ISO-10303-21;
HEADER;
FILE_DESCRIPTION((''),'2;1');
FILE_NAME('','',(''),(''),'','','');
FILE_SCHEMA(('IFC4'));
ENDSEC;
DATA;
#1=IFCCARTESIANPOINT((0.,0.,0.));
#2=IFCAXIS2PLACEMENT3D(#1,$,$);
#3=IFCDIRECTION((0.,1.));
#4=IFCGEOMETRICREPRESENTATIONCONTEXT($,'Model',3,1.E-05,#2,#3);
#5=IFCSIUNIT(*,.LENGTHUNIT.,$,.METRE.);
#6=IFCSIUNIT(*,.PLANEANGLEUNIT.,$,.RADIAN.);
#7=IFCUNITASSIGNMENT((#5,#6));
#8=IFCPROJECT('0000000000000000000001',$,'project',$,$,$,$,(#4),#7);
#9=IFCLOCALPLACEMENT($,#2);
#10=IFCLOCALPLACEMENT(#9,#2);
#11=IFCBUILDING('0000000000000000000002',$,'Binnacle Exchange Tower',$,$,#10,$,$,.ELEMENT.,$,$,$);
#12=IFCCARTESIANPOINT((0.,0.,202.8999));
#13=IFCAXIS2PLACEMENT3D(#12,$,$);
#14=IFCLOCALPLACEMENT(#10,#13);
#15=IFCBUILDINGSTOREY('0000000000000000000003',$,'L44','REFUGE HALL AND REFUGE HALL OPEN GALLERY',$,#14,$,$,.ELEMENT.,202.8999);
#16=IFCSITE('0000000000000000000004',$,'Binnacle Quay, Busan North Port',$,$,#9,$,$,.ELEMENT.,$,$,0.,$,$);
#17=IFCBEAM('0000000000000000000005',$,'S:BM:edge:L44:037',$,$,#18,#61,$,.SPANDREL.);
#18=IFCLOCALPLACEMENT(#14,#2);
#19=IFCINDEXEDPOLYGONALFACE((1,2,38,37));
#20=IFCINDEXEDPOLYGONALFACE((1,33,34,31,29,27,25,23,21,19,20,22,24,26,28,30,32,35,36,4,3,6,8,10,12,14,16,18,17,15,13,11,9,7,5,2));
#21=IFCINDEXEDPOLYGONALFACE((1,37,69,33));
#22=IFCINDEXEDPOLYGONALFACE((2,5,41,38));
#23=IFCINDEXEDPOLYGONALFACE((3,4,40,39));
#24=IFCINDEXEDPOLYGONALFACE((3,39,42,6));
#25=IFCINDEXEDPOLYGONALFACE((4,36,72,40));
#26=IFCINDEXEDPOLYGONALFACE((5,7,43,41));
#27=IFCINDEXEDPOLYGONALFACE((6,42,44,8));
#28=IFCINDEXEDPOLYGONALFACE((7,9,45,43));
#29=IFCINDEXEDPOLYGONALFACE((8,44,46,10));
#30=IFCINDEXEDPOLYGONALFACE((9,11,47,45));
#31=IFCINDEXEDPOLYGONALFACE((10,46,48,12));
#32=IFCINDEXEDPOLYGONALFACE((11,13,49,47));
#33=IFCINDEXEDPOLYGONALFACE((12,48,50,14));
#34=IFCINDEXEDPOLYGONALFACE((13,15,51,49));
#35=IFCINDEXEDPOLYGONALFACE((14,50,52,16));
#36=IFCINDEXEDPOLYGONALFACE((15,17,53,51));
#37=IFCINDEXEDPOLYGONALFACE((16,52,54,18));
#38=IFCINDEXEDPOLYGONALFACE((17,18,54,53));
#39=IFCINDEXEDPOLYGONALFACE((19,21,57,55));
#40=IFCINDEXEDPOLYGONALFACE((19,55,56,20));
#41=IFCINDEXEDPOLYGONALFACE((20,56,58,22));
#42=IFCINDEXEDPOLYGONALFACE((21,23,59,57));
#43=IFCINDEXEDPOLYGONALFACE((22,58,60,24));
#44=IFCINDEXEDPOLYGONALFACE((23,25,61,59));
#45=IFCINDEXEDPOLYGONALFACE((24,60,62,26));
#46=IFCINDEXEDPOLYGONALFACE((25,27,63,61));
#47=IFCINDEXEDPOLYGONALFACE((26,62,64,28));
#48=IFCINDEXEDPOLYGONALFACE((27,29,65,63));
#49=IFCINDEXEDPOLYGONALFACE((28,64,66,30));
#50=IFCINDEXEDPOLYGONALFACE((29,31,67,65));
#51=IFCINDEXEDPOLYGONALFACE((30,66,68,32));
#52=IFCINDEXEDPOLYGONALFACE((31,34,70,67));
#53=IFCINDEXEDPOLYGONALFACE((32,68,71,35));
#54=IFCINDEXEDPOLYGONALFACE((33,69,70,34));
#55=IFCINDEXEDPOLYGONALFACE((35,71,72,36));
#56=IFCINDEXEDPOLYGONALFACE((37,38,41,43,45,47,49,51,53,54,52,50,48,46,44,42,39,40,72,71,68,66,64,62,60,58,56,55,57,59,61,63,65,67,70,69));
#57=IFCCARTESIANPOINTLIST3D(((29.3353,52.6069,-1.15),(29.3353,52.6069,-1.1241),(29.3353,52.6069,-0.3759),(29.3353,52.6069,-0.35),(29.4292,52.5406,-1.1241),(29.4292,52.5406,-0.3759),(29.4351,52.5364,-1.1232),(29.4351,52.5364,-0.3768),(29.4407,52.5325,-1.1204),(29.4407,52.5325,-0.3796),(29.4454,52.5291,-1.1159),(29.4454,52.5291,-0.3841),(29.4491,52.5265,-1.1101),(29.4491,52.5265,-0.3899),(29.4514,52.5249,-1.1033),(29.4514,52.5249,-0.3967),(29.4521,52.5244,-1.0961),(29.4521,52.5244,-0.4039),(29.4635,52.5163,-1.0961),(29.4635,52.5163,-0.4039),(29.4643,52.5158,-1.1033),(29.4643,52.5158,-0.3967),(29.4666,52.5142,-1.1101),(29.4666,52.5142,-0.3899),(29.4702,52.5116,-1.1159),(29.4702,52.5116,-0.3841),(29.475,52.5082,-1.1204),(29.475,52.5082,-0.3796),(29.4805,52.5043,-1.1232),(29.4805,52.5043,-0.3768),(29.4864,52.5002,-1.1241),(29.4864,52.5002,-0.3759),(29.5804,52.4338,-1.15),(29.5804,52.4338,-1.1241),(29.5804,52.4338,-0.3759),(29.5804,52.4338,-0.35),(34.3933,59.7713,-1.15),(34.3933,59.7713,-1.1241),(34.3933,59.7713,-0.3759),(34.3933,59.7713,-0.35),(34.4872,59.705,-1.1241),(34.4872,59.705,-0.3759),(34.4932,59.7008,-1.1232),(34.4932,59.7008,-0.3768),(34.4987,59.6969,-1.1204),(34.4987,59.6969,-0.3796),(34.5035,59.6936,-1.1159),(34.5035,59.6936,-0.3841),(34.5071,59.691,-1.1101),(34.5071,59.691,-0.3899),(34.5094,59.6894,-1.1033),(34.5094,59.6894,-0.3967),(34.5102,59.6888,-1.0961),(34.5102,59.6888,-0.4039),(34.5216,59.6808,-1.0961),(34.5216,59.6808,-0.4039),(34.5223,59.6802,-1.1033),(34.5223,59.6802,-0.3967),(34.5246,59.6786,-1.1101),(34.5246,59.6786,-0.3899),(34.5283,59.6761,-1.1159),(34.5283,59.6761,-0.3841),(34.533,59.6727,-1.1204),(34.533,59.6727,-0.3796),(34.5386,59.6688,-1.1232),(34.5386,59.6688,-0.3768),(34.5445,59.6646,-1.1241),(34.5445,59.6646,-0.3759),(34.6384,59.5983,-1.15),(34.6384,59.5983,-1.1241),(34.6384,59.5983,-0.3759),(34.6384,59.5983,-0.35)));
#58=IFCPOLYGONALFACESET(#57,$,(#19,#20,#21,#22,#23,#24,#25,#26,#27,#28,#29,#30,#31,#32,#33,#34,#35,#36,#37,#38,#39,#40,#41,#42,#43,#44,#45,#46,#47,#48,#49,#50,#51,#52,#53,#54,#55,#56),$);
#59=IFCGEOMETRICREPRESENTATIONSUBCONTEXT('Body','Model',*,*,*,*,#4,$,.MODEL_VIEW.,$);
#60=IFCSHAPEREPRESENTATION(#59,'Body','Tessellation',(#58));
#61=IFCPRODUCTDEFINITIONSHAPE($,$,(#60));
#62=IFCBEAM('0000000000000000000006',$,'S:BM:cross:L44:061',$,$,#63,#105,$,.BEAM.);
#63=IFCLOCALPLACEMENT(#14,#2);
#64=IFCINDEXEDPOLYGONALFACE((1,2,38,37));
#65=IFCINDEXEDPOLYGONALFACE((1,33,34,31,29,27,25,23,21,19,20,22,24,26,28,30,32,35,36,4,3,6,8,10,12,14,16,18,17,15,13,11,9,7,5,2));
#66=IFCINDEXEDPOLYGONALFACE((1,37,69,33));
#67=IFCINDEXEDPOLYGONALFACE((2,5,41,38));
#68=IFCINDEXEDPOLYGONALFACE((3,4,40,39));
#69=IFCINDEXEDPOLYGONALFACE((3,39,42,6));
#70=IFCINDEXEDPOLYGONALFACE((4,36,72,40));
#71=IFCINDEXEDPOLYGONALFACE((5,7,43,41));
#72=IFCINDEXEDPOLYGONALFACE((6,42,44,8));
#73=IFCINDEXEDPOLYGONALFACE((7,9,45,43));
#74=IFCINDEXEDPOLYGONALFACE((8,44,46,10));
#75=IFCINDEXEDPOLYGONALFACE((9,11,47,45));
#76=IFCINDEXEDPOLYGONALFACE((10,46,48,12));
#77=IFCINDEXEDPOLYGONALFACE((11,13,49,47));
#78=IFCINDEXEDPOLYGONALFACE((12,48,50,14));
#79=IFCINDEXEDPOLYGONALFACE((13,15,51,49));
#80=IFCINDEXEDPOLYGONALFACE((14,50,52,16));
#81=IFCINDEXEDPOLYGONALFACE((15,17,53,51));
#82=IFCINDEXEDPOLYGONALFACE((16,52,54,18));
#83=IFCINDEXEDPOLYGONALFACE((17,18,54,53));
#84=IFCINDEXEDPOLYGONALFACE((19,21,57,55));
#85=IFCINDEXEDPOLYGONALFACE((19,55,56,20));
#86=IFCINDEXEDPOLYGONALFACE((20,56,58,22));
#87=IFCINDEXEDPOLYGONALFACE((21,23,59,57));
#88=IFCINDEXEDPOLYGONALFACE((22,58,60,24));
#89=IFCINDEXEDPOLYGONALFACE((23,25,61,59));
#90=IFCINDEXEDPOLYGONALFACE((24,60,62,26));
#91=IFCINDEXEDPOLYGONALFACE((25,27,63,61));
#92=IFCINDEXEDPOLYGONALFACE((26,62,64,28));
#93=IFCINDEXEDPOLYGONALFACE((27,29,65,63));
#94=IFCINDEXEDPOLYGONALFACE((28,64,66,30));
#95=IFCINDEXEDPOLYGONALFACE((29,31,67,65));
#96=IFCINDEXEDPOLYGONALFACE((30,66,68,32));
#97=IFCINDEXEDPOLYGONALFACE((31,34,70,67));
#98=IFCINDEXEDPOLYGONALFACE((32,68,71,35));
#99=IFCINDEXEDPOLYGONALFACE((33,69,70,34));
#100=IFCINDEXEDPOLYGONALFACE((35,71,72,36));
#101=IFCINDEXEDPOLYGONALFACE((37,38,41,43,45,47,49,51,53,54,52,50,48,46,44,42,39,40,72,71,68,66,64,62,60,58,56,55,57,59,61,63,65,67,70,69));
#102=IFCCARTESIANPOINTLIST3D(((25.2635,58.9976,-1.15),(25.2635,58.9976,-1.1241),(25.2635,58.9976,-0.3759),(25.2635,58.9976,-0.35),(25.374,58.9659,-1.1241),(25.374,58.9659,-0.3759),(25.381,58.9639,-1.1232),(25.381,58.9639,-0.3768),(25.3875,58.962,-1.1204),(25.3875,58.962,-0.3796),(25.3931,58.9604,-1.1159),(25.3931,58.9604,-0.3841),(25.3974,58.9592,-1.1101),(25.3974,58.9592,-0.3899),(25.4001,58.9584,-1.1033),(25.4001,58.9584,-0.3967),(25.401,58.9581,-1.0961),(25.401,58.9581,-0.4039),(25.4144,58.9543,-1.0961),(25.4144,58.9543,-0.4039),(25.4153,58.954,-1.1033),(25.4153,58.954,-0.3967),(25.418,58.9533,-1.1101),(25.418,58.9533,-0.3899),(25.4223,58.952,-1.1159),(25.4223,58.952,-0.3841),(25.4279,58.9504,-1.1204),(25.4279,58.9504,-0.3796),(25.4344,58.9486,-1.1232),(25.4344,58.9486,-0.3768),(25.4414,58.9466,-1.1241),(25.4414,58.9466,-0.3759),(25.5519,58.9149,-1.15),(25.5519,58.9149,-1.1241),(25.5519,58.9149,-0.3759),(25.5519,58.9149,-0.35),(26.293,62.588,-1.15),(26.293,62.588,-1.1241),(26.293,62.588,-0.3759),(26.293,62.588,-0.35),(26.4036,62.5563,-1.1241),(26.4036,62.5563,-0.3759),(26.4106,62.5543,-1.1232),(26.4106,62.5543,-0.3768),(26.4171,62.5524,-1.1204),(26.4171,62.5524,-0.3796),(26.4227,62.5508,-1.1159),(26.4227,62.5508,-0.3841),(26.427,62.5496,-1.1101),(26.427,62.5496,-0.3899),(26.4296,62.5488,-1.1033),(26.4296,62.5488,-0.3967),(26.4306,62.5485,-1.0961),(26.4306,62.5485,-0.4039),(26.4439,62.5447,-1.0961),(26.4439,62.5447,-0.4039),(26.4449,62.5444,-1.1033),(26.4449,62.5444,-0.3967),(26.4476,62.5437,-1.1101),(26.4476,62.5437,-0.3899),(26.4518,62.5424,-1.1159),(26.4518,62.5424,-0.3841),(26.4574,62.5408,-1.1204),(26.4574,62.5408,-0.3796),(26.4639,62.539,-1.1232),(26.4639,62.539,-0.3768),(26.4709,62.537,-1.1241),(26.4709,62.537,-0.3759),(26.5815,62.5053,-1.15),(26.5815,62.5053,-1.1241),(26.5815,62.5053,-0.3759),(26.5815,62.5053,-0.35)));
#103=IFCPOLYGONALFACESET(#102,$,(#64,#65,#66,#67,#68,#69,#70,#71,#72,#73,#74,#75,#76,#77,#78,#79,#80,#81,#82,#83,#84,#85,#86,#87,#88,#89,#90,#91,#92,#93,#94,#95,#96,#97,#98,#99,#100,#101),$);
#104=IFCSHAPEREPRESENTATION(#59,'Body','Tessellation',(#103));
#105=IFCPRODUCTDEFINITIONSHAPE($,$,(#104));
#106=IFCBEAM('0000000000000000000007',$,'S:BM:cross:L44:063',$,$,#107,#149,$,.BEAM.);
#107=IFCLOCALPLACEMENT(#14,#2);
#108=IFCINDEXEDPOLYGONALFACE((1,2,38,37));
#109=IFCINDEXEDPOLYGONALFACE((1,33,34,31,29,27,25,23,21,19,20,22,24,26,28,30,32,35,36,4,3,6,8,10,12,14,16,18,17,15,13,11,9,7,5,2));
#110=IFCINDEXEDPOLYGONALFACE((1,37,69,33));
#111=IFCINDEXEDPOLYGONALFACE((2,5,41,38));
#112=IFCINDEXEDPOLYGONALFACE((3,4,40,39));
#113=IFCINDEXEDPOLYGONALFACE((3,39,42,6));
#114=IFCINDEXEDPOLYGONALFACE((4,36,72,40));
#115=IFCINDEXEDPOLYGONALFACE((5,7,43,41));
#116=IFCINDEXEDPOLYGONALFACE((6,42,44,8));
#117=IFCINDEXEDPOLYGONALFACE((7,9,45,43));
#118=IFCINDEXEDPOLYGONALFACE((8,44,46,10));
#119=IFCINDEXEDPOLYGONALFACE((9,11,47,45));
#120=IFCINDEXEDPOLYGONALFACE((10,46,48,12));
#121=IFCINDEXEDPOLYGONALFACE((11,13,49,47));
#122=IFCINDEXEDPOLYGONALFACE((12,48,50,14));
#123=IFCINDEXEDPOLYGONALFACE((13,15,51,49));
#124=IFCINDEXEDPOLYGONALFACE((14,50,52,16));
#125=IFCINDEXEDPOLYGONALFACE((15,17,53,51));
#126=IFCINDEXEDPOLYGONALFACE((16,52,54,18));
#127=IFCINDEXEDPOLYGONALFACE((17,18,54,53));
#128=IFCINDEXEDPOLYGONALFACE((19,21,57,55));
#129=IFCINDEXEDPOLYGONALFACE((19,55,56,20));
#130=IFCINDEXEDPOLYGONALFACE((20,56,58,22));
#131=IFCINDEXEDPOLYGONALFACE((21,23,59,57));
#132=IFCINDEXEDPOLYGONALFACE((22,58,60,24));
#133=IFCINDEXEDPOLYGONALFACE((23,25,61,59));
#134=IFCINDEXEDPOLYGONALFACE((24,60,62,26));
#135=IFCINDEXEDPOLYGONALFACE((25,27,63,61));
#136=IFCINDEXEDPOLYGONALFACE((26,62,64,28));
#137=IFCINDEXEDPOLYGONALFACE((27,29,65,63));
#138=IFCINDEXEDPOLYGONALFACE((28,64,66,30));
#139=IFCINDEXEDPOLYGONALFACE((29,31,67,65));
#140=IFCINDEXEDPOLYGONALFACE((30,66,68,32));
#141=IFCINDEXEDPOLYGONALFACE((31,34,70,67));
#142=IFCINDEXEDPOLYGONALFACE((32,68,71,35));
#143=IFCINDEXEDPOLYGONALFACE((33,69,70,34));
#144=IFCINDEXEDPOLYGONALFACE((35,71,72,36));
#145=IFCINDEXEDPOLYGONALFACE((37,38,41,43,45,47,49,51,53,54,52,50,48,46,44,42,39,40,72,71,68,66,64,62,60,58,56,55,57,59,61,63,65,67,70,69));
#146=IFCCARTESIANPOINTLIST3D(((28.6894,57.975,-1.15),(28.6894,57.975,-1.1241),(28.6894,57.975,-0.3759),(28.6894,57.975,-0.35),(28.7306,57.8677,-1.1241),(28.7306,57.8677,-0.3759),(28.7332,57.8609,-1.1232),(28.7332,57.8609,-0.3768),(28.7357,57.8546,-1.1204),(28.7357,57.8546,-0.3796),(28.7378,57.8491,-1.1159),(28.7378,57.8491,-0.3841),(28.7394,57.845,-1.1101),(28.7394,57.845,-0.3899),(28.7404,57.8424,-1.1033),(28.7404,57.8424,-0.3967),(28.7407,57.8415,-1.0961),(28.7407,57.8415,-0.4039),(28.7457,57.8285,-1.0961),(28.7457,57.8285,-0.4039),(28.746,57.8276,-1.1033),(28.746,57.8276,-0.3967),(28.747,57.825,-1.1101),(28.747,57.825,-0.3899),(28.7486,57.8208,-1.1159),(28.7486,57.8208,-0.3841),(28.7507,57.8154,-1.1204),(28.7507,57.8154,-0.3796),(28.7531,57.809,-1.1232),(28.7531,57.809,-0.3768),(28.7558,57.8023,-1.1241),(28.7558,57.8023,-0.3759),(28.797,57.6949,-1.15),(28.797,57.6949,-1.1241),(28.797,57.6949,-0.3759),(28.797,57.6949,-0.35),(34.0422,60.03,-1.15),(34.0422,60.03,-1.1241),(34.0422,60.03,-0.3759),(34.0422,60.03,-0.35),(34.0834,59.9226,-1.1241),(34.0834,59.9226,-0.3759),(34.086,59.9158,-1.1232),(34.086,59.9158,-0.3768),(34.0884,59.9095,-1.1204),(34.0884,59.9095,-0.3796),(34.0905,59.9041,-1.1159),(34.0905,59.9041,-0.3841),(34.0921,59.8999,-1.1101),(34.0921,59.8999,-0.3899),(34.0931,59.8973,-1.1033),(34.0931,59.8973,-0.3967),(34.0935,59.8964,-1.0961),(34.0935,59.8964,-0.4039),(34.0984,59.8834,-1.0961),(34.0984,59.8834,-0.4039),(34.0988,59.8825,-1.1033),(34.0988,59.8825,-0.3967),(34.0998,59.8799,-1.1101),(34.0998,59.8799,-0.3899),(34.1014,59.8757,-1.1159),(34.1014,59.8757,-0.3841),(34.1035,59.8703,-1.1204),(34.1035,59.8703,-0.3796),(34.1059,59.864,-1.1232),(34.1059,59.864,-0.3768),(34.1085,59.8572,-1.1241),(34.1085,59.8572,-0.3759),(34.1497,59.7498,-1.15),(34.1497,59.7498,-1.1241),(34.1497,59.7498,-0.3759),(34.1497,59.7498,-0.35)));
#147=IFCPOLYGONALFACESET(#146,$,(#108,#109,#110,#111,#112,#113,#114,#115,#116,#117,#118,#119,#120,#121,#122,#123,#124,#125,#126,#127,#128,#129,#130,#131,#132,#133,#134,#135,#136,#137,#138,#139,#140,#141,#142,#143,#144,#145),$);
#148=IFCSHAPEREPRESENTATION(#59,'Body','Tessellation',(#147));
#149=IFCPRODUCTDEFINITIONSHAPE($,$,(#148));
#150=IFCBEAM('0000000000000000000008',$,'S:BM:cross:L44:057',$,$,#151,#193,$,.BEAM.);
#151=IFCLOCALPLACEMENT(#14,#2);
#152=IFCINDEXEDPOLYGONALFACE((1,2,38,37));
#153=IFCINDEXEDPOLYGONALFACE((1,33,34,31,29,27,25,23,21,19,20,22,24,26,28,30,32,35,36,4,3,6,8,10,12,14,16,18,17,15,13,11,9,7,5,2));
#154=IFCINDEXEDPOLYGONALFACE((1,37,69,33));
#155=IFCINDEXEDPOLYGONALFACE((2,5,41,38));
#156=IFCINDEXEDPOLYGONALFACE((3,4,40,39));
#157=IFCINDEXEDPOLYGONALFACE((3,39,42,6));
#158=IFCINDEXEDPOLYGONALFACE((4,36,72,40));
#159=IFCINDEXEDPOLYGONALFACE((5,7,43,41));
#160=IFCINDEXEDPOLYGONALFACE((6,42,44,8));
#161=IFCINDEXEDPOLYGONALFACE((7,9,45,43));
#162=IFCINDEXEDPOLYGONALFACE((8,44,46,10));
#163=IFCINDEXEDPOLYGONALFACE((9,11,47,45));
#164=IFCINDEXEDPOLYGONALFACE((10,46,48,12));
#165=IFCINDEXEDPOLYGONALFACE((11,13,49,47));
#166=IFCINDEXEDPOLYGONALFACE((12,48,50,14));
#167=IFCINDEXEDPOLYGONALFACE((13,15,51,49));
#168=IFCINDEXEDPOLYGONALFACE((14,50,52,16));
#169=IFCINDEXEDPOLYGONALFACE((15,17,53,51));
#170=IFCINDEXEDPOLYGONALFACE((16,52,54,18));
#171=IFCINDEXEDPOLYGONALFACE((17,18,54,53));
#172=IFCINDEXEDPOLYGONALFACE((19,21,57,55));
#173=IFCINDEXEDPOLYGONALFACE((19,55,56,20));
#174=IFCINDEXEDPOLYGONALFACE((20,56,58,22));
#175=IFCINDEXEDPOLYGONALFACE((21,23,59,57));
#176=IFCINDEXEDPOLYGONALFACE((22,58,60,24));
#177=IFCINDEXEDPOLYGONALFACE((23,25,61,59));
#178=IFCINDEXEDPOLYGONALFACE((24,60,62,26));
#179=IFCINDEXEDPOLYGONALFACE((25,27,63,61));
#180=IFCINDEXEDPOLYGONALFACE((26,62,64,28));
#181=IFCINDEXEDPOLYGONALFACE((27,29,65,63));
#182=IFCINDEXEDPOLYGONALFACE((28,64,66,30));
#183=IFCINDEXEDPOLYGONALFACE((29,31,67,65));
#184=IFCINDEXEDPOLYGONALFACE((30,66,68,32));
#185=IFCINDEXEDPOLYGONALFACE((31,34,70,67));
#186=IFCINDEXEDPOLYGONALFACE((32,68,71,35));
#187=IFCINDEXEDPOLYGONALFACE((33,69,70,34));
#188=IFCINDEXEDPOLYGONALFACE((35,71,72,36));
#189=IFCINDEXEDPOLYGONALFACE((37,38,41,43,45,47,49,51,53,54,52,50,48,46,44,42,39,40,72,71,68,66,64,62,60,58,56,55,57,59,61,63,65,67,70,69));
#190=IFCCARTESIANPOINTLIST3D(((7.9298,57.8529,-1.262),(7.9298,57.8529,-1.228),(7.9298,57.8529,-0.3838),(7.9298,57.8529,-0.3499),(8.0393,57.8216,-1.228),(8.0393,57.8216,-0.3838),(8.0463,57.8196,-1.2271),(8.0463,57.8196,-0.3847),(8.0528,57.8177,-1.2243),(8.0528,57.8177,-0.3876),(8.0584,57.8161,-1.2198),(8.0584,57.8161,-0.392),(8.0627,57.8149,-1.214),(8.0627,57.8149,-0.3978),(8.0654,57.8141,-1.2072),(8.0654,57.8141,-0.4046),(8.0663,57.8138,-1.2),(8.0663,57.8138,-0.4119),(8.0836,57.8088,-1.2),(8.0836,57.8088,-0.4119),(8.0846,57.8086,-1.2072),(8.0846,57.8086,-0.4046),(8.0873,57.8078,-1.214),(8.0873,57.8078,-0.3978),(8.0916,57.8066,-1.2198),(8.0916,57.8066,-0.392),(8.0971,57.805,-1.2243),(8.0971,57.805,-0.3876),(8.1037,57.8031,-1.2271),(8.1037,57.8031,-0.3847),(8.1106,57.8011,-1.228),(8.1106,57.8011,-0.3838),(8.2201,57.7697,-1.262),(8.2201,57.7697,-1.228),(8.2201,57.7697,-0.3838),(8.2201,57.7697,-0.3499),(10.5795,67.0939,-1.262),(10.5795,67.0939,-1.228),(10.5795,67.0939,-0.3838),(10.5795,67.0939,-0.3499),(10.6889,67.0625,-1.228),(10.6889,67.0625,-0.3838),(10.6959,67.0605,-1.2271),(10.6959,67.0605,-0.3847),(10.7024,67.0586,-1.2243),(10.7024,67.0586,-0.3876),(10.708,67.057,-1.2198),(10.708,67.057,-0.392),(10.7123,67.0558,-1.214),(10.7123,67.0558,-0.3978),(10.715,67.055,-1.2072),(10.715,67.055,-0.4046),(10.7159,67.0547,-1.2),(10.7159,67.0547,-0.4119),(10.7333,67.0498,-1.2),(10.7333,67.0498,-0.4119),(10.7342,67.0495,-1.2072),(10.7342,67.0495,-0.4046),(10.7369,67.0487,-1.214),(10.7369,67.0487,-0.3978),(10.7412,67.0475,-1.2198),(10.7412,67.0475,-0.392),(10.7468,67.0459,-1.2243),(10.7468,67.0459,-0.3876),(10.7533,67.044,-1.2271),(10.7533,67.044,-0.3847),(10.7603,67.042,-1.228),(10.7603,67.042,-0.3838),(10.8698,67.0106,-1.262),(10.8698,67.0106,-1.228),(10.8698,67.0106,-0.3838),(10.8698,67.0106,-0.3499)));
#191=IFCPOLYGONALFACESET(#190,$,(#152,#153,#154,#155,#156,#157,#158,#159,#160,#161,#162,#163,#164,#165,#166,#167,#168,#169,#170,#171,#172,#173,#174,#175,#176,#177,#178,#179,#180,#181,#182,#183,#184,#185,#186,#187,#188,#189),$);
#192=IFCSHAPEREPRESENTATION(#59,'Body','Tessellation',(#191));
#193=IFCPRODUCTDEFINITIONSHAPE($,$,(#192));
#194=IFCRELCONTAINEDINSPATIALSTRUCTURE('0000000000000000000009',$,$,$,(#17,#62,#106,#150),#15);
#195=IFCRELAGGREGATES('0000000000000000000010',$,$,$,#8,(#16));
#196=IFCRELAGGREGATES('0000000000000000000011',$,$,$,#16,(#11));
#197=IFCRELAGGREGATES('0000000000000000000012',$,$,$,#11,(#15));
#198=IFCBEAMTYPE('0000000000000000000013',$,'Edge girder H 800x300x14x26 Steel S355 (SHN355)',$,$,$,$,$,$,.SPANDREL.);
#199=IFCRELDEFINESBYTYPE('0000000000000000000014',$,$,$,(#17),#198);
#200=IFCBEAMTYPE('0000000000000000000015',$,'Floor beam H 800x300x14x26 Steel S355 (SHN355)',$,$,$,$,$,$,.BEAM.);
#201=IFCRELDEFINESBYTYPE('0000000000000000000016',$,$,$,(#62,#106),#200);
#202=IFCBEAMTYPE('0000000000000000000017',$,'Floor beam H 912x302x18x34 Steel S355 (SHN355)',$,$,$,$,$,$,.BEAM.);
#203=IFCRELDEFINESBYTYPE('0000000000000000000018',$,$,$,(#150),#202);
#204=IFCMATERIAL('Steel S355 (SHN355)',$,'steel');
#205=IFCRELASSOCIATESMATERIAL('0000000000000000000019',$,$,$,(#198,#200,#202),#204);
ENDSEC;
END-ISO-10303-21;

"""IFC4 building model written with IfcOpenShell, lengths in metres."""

from ifc_helpers import new_model, si_unit, direction, frame, origin, origin_2d, place, context, subcontext, project, spatial, i_section, extrude, material, material_profile, profile_set, type_object, element, save


model = new_model("IFC4")

# Units and contexts
model_context = context("Model", 3, precision=1e-05, world=origin(), true_north=direction((0.0, 1.0)))
body_context = subcontext(model_context, "Body", "Model", "MODEL_VIEW")
ifc_project = project(units=[si_unit("LENGTHUNIT", "METRE"), si_unit("PLANEANGLEUNIT", "RADIAN")], contexts=[model_context])

# Site, building, storey
site_placement = place(None, origin())
site = spatial("IfcSite", under=ifc_project, at=site_placement, Name="Binnacle Quay, Busan North Port", CompositionType="ELEMENT", RefElevation=0.0)
building_placement = place(site_placement, origin())
building = spatial("IfcBuilding", under=site, at=building_placement, Name="Binnacle Exchange Tower", CompositionType="ELEMENT")
storey_placement = place(building_placement, frame((0.0, 0.0, 202.8999)))
storey = spatial("IfcBuildingStorey", under=building, at=storey_placement, Name="L44", Description="REFUGE HALL AND REFUGE HALL OPEN GALLERY", CompositionType="ELEMENT", Elevation=202.8999)

# Beams
ifc_material_1 = material(Name="Steel S355 (SHN355)", Category="steel")
ifc_material_profile_1 = material_profile(ifc_material_1, i_section(OverallWidth=0.3, OverallDepth=0.8, WebThickness=0.0139, FlangeThickness=0.0259, FilletRadius=0.0281, at=origin_2d()), Name="H 800x300x14x26")
ifc_profile_set_1 = profile_set([ifc_material_profile_1], Name="Steel S355 (SHN355)")
beam_type_1 = type_object("IfcBeamType", Name="Edge girder H 800x300x14x26 Steel S355 (SHN355)", PredefinedType="SPANDREL", material=ifc_profile_set_1)
beam_1_placement = place(storey_placement, frame((34.5159, 59.6848, -0.75), z_axis=(-0.576742, -0.816926, 0.0), x_axis=(0.816926, -0.576742, 0.0)))
element("IfcBeam", 1, at=beam_1_placement, inside=storey, type_object=beam_type_1, Name="S:BM:edge:L44:037", PredefinedType="SPANDREL", context=body_context, shape_type="SweptSolid", body=[
    extrude(i_section(OverallWidth=0.3, OverallDepth=0.8, WebThickness=0.0139, FlangeThickness=0.0259, FilletRadius=0.0281, at=origin_2d()), origin(), (0.0, 0.0, 1.0), 8.77),
])
ifc_material_profile_2 = material_profile(ifc_material_1, i_section(OverallWidth=0.3, OverallDepth=0.8, WebThickness=0.0139, FlangeThickness=0.0259, FilletRadius=0.0281, at=origin_2d()), Name="H 800x300x14x26")
ifc_profile_set_2 = profile_set([ifc_material_profile_2], Name="Steel S355 (SHN355)")
beam_type_2 = type_object("IfcBeamType", Name="Floor beam H 800x300x14x26 Steel S355 (SHN355)", PredefinedType="BEAM", material=ifc_profile_set_2)
beam_2_placement = place(storey_placement, frame((26.4373, 62.5466, -0.75), z_axis=(-0.275645, -0.96126, 0.0), x_axis=(0.96126, -0.275645, 0.0)))
element("IfcBeam", 2, at=beam_2_placement, inside=storey, type_object=beam_type_2, Name="S:BM:cross:L44:061", PredefinedType="BEAM", context=body_context, shape_type="SweptSolid", body=[
    extrude(i_section(OverallWidth=0.3, OverallDepth=0.8, WebThickness=0.0139, FlangeThickness=0.0259, FilletRadius=0.0281, at=origin_2d()), origin(), (0.0, 0.0, 1.0), 3.7351),
])
beam_3_placement = place(storey_placement, frame((34.0959, 59.8899, -0.75), z_axis=(-0.933569, -0.358397, 0.0), x_axis=(0.358397, -0.933569, 0.0)))
element("IfcBeam", 3, at=beam_3_placement, inside=storey, type_object=beam_type_2, Name="S:BM:cross:L44:063", PredefinedType="BEAM", context=body_context, shape_type="SweptSolid", body=[
    extrude(i_section(OverallWidth=0.3, OverallDepth=0.8, WebThickness=0.0139, FlangeThickness=0.0259, FilletRadius=0.0281, at=origin_2d()), origin(), (0.0, 0.0, 1.0), 5.7336),
])
ifc_material_profile_3 = material_profile(ifc_material_1, i_section(OverallWidth=0.302, OverallDepth=0.9121, WebThickness=0.0181, FlangeThickness=0.0339, FilletRadius=0.0281, at=origin_2d()), Name="H 912x302x18x34")
ifc_profile_set_3 = profile_set([ifc_material_profile_3], Name="Steel S355 (SHN355)")
beam_type_3 = type_object("IfcBeamType", Name="Floor beam H 912x302x18x34 Steel S355 (SHN355)", PredefinedType="BEAM", material=ifc_profile_set_3)
beam_4_placement = place(storey_placement, frame((10.7246, 67.0522, -0.8059), z_axis=(-0.275623, -0.961266, 0.0), x_axis=(0.961266, -0.275623, 0.0)))
element("IfcBeam", 4, at=beam_4_placement, inside=storey, type_object=beam_type_3, Name="S:BM:cross:L44:057", PredefinedType="BEAM", context=body_context, shape_type="SweptSolid", body=[
    extrude(i_section(OverallWidth=0.302, OverallDepth=0.9121, WebThickness=0.0181, FlangeThickness=0.0339, FilletRadius=0.0281, at=origin_2d()), origin(), (0.0, 0.0, 1.0), 9.6133),
])

save(model, "model.ifc")
